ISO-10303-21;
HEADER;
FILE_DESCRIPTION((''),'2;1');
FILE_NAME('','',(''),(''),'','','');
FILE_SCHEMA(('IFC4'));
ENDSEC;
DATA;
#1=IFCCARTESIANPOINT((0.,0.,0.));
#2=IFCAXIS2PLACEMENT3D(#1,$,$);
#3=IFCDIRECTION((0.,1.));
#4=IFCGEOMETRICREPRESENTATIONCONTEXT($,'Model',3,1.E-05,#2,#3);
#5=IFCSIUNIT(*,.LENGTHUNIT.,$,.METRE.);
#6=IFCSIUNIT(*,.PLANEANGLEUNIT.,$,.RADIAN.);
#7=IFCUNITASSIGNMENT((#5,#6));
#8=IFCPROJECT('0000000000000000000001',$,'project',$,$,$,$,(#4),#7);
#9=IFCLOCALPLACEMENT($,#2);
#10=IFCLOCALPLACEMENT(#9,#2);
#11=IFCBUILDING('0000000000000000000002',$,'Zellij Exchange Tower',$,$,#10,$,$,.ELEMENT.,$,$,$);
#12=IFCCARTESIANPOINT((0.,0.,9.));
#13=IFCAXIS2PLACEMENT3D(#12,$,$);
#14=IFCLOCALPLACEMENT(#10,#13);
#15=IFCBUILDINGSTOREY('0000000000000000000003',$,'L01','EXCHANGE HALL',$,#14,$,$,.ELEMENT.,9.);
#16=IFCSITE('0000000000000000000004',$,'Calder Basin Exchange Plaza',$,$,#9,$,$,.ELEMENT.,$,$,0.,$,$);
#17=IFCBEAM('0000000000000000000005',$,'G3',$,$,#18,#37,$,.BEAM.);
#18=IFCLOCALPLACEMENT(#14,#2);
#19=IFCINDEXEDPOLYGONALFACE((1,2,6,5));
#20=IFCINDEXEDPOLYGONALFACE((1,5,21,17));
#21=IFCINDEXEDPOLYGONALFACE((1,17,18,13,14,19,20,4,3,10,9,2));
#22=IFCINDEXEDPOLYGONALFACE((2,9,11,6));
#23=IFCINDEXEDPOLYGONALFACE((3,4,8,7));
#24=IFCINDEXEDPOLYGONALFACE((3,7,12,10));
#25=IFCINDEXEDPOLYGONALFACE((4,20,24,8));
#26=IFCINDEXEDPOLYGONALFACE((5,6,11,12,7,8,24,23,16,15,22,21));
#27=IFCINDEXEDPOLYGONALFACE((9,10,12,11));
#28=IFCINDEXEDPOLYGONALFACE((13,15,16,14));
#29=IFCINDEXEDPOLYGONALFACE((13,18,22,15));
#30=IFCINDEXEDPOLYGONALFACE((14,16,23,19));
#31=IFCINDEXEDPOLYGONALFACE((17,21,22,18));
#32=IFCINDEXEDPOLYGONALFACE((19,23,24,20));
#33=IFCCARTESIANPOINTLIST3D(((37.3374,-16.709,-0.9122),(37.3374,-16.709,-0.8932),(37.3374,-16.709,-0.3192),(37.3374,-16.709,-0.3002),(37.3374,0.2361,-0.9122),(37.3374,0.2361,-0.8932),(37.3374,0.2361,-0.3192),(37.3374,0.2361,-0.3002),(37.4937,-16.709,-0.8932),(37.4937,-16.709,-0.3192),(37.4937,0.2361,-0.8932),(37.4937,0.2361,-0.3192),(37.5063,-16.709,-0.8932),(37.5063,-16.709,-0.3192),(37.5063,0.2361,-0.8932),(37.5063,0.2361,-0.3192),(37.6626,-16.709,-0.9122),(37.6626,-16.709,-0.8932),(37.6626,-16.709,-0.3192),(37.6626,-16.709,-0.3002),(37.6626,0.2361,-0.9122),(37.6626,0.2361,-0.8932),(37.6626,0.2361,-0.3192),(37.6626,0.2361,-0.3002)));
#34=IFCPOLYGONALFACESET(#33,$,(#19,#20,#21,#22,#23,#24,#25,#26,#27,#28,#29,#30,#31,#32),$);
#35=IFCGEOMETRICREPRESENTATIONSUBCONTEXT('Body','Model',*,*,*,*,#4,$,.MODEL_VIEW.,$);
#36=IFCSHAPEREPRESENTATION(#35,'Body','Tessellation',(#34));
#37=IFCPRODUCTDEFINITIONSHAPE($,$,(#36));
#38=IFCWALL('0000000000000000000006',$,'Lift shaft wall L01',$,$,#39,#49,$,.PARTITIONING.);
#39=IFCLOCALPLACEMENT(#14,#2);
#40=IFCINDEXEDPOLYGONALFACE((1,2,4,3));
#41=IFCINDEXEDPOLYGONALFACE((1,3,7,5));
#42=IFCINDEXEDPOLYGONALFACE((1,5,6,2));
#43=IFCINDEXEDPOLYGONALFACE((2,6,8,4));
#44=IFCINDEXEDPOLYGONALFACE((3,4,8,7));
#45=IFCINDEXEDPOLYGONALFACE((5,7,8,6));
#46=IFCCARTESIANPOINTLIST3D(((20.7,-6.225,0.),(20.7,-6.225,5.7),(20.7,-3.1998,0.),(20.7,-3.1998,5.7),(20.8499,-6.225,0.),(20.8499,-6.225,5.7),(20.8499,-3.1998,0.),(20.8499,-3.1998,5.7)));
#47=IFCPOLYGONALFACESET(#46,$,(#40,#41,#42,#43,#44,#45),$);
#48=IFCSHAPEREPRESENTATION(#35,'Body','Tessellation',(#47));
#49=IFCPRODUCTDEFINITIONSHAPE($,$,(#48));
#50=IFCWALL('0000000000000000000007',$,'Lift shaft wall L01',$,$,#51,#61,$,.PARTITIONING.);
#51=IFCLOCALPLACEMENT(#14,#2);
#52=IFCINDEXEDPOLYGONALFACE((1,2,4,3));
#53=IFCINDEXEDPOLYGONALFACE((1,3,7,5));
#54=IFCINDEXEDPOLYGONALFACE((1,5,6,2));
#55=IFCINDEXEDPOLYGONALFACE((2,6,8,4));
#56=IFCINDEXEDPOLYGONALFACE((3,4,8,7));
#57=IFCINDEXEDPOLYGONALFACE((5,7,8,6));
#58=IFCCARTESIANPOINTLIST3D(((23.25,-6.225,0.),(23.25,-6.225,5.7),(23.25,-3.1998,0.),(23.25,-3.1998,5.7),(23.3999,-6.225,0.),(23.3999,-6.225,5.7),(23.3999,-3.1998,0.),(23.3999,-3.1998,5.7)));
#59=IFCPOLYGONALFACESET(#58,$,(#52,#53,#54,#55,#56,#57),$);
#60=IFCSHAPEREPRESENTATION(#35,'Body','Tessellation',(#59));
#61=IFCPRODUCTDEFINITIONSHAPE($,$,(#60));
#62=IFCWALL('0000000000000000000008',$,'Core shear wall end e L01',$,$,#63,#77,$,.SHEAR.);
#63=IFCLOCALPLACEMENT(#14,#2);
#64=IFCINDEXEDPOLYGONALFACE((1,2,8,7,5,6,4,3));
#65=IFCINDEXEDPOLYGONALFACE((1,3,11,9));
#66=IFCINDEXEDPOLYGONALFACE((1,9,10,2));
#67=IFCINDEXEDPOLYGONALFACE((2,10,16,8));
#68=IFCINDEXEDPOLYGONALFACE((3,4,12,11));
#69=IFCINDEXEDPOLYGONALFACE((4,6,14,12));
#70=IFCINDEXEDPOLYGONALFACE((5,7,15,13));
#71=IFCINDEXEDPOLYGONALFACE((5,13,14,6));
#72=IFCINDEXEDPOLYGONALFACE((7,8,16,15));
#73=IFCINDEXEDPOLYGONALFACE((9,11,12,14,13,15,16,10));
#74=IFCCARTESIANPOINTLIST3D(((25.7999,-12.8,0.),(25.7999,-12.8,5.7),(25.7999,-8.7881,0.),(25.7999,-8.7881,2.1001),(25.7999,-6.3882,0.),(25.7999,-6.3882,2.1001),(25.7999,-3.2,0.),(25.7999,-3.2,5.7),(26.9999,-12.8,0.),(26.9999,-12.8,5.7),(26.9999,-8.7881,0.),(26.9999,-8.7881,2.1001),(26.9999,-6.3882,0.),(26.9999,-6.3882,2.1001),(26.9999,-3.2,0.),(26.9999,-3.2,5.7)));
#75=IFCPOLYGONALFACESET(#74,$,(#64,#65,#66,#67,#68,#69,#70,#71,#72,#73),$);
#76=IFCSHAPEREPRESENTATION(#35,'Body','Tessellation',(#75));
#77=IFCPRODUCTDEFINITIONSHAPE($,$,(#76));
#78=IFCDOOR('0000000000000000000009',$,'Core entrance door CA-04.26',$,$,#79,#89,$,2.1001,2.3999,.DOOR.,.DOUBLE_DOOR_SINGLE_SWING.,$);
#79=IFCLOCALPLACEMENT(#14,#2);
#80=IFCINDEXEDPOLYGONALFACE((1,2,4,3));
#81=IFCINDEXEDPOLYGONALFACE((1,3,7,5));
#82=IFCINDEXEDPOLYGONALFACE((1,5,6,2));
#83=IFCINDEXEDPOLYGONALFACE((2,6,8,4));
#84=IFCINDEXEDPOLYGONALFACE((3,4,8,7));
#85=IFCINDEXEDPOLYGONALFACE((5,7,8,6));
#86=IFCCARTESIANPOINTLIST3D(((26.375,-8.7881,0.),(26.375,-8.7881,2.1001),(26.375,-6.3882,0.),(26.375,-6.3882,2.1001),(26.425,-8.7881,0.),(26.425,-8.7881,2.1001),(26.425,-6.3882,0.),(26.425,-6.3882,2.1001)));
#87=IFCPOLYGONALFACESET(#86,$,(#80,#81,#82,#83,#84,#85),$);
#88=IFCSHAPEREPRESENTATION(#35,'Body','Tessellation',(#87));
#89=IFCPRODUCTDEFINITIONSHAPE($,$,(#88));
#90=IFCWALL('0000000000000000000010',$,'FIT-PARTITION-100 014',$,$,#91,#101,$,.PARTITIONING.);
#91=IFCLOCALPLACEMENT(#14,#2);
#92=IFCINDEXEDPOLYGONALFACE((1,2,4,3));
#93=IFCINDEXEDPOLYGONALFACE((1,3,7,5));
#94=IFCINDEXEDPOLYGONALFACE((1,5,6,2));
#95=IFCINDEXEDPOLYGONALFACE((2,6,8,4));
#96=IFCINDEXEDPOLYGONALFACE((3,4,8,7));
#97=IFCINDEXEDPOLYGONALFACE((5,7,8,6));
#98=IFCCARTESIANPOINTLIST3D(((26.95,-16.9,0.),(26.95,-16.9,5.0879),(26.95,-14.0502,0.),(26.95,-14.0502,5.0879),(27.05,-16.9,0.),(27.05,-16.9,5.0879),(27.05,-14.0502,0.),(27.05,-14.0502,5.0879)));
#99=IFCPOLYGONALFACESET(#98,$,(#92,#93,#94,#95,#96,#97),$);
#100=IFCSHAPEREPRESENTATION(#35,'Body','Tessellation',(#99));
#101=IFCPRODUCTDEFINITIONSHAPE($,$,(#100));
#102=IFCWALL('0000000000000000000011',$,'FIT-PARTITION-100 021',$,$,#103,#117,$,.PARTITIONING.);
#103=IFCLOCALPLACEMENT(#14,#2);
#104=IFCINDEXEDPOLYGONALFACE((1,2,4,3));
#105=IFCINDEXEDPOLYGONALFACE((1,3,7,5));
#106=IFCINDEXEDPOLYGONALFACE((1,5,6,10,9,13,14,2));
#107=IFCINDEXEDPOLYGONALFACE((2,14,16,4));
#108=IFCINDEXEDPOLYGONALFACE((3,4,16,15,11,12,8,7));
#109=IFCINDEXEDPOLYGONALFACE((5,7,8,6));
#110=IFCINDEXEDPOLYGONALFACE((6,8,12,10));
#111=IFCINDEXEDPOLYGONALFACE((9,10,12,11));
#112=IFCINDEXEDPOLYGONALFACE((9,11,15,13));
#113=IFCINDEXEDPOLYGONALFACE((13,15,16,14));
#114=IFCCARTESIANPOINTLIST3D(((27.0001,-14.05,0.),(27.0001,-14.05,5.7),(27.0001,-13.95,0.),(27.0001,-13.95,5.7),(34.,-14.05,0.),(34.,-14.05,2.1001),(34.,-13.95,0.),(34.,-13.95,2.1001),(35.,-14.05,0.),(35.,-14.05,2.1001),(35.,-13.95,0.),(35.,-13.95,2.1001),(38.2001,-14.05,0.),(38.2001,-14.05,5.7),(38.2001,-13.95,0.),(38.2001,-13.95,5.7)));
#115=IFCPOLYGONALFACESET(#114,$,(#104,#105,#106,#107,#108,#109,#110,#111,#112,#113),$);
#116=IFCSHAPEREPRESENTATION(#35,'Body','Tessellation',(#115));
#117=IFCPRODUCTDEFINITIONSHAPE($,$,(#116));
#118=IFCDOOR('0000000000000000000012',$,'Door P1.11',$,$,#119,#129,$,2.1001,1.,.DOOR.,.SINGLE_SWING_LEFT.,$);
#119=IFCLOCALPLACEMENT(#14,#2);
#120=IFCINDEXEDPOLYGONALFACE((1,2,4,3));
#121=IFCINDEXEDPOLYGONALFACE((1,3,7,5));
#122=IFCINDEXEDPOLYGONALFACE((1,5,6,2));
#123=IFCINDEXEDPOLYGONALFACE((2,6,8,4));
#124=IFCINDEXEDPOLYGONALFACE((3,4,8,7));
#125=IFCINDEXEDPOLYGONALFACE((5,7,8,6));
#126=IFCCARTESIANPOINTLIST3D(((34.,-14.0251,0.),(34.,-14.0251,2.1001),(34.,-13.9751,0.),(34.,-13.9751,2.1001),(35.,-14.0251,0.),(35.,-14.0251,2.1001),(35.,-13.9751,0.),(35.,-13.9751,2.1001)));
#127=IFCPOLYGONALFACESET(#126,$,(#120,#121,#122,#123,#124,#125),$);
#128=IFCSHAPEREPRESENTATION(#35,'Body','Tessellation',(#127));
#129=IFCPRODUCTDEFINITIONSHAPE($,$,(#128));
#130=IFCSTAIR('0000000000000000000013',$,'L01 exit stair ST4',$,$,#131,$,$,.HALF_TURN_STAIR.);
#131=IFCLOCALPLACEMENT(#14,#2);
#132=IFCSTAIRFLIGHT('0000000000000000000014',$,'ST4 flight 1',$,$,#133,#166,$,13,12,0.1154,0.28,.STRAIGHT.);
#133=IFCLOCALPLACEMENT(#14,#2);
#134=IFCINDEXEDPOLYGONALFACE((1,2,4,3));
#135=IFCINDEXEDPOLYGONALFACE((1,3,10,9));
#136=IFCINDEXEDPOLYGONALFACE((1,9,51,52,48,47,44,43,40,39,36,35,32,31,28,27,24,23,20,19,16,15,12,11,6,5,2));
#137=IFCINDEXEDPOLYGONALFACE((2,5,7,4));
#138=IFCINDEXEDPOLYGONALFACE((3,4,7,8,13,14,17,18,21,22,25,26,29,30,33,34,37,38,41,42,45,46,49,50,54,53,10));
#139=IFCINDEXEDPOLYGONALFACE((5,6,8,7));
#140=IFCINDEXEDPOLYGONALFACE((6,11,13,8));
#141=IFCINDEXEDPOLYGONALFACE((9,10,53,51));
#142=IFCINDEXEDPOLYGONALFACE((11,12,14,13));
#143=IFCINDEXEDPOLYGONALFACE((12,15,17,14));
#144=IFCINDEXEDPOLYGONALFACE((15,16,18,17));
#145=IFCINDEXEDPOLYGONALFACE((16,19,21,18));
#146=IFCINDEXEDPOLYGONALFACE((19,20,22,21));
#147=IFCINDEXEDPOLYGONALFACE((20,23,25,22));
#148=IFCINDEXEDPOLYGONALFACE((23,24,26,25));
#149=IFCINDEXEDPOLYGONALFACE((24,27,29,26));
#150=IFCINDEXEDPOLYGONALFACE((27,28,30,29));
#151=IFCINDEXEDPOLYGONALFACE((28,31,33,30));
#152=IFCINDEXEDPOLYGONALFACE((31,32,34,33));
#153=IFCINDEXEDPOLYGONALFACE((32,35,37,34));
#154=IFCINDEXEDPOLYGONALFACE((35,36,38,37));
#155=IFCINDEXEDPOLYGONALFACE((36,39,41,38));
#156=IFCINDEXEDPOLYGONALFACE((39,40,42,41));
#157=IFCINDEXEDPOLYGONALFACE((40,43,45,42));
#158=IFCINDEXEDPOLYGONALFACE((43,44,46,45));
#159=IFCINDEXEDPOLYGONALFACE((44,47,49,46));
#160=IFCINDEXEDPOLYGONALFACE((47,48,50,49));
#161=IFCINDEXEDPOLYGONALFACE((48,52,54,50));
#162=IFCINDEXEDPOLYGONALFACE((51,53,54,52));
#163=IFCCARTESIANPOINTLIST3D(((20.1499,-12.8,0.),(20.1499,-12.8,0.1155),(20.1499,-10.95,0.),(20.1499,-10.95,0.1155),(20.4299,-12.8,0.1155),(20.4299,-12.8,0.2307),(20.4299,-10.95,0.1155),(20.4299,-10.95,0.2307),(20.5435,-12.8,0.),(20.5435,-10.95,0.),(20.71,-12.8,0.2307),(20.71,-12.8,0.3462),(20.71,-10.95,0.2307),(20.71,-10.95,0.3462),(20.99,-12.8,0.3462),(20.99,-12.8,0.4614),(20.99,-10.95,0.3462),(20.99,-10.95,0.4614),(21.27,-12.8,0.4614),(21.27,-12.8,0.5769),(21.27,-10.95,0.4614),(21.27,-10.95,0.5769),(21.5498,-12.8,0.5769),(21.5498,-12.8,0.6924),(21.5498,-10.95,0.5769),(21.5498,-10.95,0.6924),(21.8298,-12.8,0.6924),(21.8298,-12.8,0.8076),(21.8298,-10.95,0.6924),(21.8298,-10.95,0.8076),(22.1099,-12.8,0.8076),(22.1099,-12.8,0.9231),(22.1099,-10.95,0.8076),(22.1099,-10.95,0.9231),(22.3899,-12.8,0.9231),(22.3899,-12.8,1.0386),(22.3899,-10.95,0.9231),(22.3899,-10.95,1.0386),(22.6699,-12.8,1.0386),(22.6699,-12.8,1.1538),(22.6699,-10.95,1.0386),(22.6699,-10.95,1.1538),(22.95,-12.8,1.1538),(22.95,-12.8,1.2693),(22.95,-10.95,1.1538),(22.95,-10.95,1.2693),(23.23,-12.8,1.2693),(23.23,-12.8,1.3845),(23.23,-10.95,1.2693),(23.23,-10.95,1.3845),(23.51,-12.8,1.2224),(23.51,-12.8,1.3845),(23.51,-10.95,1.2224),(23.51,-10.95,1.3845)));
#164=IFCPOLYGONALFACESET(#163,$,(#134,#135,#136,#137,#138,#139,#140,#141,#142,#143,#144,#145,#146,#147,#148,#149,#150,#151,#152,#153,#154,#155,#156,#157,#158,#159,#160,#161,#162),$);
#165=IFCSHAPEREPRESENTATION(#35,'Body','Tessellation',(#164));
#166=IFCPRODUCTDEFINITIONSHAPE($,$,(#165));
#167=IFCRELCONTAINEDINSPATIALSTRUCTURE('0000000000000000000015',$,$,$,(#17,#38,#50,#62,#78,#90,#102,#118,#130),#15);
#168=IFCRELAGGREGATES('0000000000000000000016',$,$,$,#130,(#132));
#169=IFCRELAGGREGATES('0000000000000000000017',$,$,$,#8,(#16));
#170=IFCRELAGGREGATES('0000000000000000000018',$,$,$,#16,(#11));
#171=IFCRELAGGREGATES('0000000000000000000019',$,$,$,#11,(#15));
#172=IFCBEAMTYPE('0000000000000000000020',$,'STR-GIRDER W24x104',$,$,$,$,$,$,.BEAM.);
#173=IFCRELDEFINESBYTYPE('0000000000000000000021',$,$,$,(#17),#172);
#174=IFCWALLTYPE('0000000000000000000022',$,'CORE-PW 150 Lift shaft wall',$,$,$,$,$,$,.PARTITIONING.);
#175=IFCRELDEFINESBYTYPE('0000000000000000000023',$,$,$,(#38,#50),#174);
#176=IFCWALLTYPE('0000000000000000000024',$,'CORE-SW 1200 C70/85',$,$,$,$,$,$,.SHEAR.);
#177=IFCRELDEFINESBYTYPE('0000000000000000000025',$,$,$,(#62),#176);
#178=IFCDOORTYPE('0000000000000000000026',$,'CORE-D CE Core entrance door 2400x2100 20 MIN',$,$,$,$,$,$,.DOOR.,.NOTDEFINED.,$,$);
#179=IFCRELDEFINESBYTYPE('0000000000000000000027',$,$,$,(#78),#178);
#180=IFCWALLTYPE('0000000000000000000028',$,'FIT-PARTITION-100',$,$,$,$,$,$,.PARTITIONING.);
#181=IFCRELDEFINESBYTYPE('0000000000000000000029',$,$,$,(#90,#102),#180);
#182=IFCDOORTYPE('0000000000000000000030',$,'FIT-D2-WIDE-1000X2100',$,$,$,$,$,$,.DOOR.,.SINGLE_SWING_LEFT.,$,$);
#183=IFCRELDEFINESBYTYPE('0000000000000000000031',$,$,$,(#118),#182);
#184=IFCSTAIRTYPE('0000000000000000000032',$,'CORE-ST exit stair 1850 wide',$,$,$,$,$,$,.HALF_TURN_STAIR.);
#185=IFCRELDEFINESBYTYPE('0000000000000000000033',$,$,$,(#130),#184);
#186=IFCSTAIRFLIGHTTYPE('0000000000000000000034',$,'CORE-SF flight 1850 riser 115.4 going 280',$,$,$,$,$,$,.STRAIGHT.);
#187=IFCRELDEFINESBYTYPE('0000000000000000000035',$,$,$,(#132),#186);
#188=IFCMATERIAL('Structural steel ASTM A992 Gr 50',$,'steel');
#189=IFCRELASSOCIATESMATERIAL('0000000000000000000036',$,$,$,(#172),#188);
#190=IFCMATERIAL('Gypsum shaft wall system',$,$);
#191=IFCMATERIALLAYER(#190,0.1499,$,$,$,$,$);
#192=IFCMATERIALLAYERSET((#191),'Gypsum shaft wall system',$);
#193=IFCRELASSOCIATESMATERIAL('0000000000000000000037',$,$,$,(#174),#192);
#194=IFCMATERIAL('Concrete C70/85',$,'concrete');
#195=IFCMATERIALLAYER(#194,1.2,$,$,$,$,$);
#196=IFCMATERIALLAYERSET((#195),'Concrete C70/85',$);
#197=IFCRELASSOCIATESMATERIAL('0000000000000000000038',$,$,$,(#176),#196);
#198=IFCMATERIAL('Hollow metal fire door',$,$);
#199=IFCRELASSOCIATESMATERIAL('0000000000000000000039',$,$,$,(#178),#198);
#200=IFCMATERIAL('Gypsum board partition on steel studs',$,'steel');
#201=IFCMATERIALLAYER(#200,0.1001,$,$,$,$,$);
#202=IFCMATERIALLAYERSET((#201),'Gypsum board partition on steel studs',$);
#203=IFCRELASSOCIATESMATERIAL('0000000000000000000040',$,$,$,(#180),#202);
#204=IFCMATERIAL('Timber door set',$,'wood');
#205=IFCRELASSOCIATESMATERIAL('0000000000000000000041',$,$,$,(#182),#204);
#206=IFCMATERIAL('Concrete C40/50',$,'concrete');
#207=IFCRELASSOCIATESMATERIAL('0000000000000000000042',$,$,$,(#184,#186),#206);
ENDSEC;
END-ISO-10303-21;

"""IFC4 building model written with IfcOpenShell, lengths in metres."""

from ifc_helpers import new_model, si_unit, direction, frame, frame_2d, origin, origin_2d, place, context, subcontext, project, spatial, polyline, rectangle, i_section, outline, extrude, material, layer, layer_set, material_profile, profile_set, type_object, element, fill, aggregate, save


model = new_model("IFC4")

# Units and contexts
model_context = context("Model", 3, precision=1e-05, world=origin(), true_north=direction((0.0, 1.0)))
body_context = subcontext(model_context, "Body", "Model", "MODEL_VIEW")
ifc_project = project(units=[si_unit("LENGTHUNIT", "METRE"), si_unit("PLANEANGLEUNIT", "RADIAN")], contexts=[model_context])

# Site, building, storey
site_placement = place(None, origin())
site = spatial("IfcSite", under=ifc_project, at=site_placement, Name="Calder Basin Exchange Plaza", CompositionType="ELEMENT", RefElevation=0.0)
building_placement = place(site_placement, origin())
building = spatial("IfcBuilding", under=site, at=building_placement, Name="Zellij Exchange Tower", CompositionType="ELEMENT")
storey_placement = place(building_placement, frame((0.0, 0.0, 9.0)))
storey = spatial("IfcBuildingStorey", under=building, at=storey_placement, Name="L01", Description="EXCHANGE HALL", CompositionType="ELEMENT", Elevation=9.0)

# Shared definitions
ifc_material_1 = material(Name="Concrete C70/85", Category="concrete")

# Beam
ifc_material_2 = material(Name="Structural steel ASTM A992 Gr 50", Category="steel")
ifc_material_profile_1 = material_profile(ifc_material_2, i_section(OverallWidth=0.3252, OverallDepth=0.6121, WebThickness=0.0127, FlangeThickness=0.019, at=origin_2d()), Name="W24x104")
ifc_profile_set_1 = profile_set([ifc_material_profile_1], Name="Structural steel ASTM A992 Gr 50")
beam_type_1 = type_object("IfcBeamType", Name="STR-GIRDER W24x104", PredefinedType="BEAM", material=ifc_profile_set_1)
beam_1_placement = place(storey_placement, frame((37.5, -16.709, -0.6062), z_axis=(0.0, 1.0, 0.0), x_axis=(-1.0, 0.0, 0.0)))
element("IfcBeam", 1, at=beam_1_placement, inside=storey, type_object=beam_type_1, Name="G3", PredefinedType="BEAM", context=body_context, shape_type="SweptSolid", body=[
    extrude(i_section(OverallWidth=0.3252, OverallDepth=0.6121, WebThickness=0.0127, FlangeThickness=0.019, at=origin_2d()), origin(), (0.0, 0.0, 1.0), 16.9451),
])

# Walls
ifc_material_3 = material(Name="Gypsum shaft wall system")
ifc_layer_1 = layer(ifc_material_3, 0.1499)
ifc_layer_set_1 = layer_set([ifc_layer_1], Name="Gypsum shaft wall system")
wall_type_1 = type_object("IfcWallType", Name="CORE-PW 150 Lift shaft wall", PredefinedType="PARTITIONING", material=ifc_layer_set_1)
for number, where, z_axis, x_axis, name in (
    (2, (20.7749, -6.2251, 0.0), (0.0, 0.0, 1.0), (0.0, 1.0, 0.0), "Lift shaft wall L01"),
    (3, (23.325, -6.2251, 0.0), (0.0, 0.0, 1.0), (0.0, 1.0, 0.0), "Lift shaft wall L01"),
):
    element("IfcWall", number, at=place(storey_placement, frame(where, z_axis=z_axis, x_axis=x_axis)), inside=storey, type_object=wall_type_1, Name=name, PredefinedType="PARTITIONING", context=body_context, shape_type="SweptSolid", body=[
        extrude(rectangle(XDim=3.0251, YDim=0.1499, at=frame_2d((1.5127, 0.0))), origin(), (0.0, 0.0, 1.0), 5.7),
    ])

# Wall, opening, door
ifc_layer_2 = layer(ifc_material_1, 1.2)
ifc_layer_set_2 = layer_set([ifc_layer_2], Name="Concrete C70/85")
wall_type_2 = type_object("IfcWallType", Name="CORE-SW 1200 C70/85", PredefinedType="SHEAR", material=ifc_layer_set_2)
wall_1_placement = place(storey_placement, frame((26.3999, -12.8, 0.0), z_axis=(0.0, 0.0, 1.0), x_axis=(0.0, 1.0, 0.0)))
wall_1 = element("IfcWall", 4, at=wall_1_placement, inside=storey, type_object=wall_type_2, Name="Core shear wall end e L01", PredefinedType="SHEAR", context=body_context, shape_type="SweptSolid", body=[
    extrude(rectangle(XDim=9.6001, YDim=1.2, at=frame_2d((4.8, 0.0))), origin(), (0.0, 0.0, 1.0), 5.7),
])
opening_1_placement = place(wall_1_placement, frame((4.012, 0.0, 0.0)))
opening_1 = element("IfcOpeningElement", 5, at=opening_1_placement, cuts=wall_1, PredefinedType="OPENING", context=body_context, shape_type="SweptSolid", body=[
    extrude(rectangle(XDim=2.3999, YDim=2.1001, at=frame_2d((1.2, 1.05))), frame((0.0, 0.6118, 0.0), z_axis=(0.0, -1.0, 0.0), x_axis=(1.0, 0.0, 0.0)), (0.0, 0.0, 1.0), 1.2239),
])
ifc_material_4 = material(Name="Hollow metal fire door")
door_type_1 = type_object("IfcDoorType", Name="CORE-D CE Core entrance door 2400x2100 20 MIN", OperationType="NOTDEFINED", PredefinedType="DOOR", material=ifc_material_4)
door_1_placement = place(opening_1_placement, origin())
door_1 = element("IfcDoor", 6, at=door_1_placement, inside=storey, type_object=door_type_1, Name="Core entrance door CA-04.26", OperationType="DOUBLE_DOOR_SINGLE_SWING", OverallHeight=2.1001, OverallWidth=2.3999, PredefinedType="DOOR", context=body_context, shape_type="SweptSolid", body=[
    extrude(rectangle(XDim=2.3999, YDim=2.1001, at=frame_2d((1.2, 1.05))), frame((0.0, 0.0249, 0.0), z_axis=(0.0, -1.0, 0.0), x_axis=(1.0, 0.0, 0.0)), (0.0, 0.0, 1.0), 0.05),
])
fill(opening_1, door_1)

# Wall
ifc_material_5 = material(Name="Gypsum board partition on steel studs", Category="steel")
ifc_layer_3 = layer(ifc_material_5, 0.1001)
ifc_layer_set_3 = layer_set([ifc_layer_3], Name="Gypsum board partition on steel studs")
wall_type_3 = type_object("IfcWallType", Name="FIT-PARTITION-100", PredefinedType="PARTITIONING", material=ifc_layer_set_3)
wall_2_placement = place(storey_placement, frame((27.0, -16.8999, 0.0), z_axis=(0.0, 0.0, 1.0), x_axis=(0.0, 1.0, 0.0)))
element("IfcWall", 7, at=wall_2_placement, inside=storey, type_object=wall_type_3, Name="FIT-PARTITION-100 014", PredefinedType="PARTITIONING", context=body_context, shape_type="SweptSolid", body=[
    extrude(rectangle(XDim=2.8499, YDim=0.1001, at=frame_2d((1.4248, 0.0))), origin(), (0.0, 0.0, 1.0), 5.0879),
])

# Wall, opening, door
wall_3_placement = place(storey_placement, frame((27.0, -14.0, 0.0), z_axis=(0.0, 0.0, 1.0), x_axis=(1.0, 0.0, 0.0)))
wall_3 = element("IfcWall", 8, at=wall_3_placement, inside=storey, type_object=wall_type_3, Name="FIT-PARTITION-100 021", PredefinedType="PARTITIONING", context=body_context, shape_type="SweptSolid", body=[
    extrude(rectangle(XDim=11.2, YDim=0.1001, at=frame_2d((5.6001, 0.0))), origin(), (0.0, 0.0, 1.0), 5.7),
])
opening_2_placement = place(wall_3_placement, frame((7.0, 0.0, 0.0)))
opening_2 = element("IfcOpeningElement", 9, at=opening_2_placement, cuts=wall_3, PredefinedType="OPENING", context=body_context, shape_type="SweptSolid", body=[
    extrude(rectangle(XDim=1.0, YDim=2.1001, at=frame_2d((0.5, 1.05))), frame((0.0, 0.062, 0.0), z_axis=(0.0, -1.0, 0.0), x_axis=(1.0, 0.0, 0.0)), (0.0, 0.0, 1.0), 0.124),
])
ifc_material_6 = material(Name="Timber door set", Category="wood")
door_type_2 = type_object("IfcDoorType", Name="FIT-D2-WIDE-1000X2100", OperationType="SINGLE_SWING_LEFT", PredefinedType="DOOR", material=ifc_material_6)
door_2_placement = place(opening_2_placement, origin())
door_2 = element("IfcDoor", 10, at=door_2_placement, inside=storey, type_object=door_type_2, Name="Door P1.11", OperationType="SINGLE_SWING_LEFT", OverallHeight=2.1001, OverallWidth=1.0, PredefinedType="DOOR", context=body_context, shape_type="SweptSolid", body=[
    extrude(rectangle(XDim=1.0, YDim=2.1001, at=frame_2d((0.5, 1.05))), frame((0.0, 0.0249, 0.0), z_axis=(0.0, -1.0, 0.0), x_axis=(1.0, 0.0, 0.0)), (0.0, 0.0, 1.0), 0.05),
])
fill(opening_2, door_2)

# Stair, stair flight
ifc_material_7 = material(Name="Concrete C40/50", Category="concrete")
stair_type = type_object("IfcStairType", Name="CORE-ST exit stair 1850 wide", PredefinedType="HALF_TURN_STAIR", material=ifc_material_7)
stair_placement = place(storey_placement, origin())
stair = element("IfcStair", 11, at=stair_placement, inside=storey, type_object=stair_type, Name="L01 exit stair ST4", PredefinedType="HALF_TURN_STAIR")
stair_flight_type = type_object("IfcStairFlightType", Name="CORE-SF flight 1850 riser 115.4 going 280", PredefinedType="STRAIGHT", material=ifc_material_7)
stair_flight_1_placement = place(storey_placement, frame((20.1499, -11.875, 0.0), z_axis=(0.0, 0.0, 1.0), x_axis=(1.0, 0.0, 0.0)))
stair_flight_1 = element("IfcStairFlight", 12, at=stair_flight_1_placement, type_object=stair_flight_type, Name="ST4 flight 1", NumberOfRisers=13, NumberOfTreads=12, PredefinedType="STRAIGHT", RiserHeight=0.1154, TreadLength=0.28, context=body_context, shape_type="SweptSolid", body=[
    extrude(outline(polyline([(0.0, 0.0), (0.0, 0.1155), (0.28, 0.1155), (0.28, 0.2307), (0.5601, 0.2307), (0.5601, 0.3462), (0.8401, 0.3462), (0.8401, 0.4614), (1.1201, 0.4614), (1.1201, 0.5769), (1.3999, 0.5769), (1.3999, 0.6924), (1.6799, 0.6924), (1.6799, 0.8076), (1.96, 0.8076), (1.96, 0.9231), (2.24, 0.9231), (2.24, 1.0386), (2.52, 1.0386), (2.52, 1.1538), (2.8, 1.1538), (2.8, 1.2693), (3.0801, 1.2693), (3.0801, 1.3845), (3.3601, 1.3845), (3.3601, 1.5), (3.3601, 1.2224), (0.3936, 0.0), (0.0, 0.0)])), frame((0.0, 0.925, 0.0), z_axis=(0.0, -1.0, 0.0), x_axis=(1.0, 0.0, 0.0)), (0.0, 0.0, 1.0), 1.8501),
])
aggregate(stair, [stair_flight_1])

save(model, "model.ifc")
